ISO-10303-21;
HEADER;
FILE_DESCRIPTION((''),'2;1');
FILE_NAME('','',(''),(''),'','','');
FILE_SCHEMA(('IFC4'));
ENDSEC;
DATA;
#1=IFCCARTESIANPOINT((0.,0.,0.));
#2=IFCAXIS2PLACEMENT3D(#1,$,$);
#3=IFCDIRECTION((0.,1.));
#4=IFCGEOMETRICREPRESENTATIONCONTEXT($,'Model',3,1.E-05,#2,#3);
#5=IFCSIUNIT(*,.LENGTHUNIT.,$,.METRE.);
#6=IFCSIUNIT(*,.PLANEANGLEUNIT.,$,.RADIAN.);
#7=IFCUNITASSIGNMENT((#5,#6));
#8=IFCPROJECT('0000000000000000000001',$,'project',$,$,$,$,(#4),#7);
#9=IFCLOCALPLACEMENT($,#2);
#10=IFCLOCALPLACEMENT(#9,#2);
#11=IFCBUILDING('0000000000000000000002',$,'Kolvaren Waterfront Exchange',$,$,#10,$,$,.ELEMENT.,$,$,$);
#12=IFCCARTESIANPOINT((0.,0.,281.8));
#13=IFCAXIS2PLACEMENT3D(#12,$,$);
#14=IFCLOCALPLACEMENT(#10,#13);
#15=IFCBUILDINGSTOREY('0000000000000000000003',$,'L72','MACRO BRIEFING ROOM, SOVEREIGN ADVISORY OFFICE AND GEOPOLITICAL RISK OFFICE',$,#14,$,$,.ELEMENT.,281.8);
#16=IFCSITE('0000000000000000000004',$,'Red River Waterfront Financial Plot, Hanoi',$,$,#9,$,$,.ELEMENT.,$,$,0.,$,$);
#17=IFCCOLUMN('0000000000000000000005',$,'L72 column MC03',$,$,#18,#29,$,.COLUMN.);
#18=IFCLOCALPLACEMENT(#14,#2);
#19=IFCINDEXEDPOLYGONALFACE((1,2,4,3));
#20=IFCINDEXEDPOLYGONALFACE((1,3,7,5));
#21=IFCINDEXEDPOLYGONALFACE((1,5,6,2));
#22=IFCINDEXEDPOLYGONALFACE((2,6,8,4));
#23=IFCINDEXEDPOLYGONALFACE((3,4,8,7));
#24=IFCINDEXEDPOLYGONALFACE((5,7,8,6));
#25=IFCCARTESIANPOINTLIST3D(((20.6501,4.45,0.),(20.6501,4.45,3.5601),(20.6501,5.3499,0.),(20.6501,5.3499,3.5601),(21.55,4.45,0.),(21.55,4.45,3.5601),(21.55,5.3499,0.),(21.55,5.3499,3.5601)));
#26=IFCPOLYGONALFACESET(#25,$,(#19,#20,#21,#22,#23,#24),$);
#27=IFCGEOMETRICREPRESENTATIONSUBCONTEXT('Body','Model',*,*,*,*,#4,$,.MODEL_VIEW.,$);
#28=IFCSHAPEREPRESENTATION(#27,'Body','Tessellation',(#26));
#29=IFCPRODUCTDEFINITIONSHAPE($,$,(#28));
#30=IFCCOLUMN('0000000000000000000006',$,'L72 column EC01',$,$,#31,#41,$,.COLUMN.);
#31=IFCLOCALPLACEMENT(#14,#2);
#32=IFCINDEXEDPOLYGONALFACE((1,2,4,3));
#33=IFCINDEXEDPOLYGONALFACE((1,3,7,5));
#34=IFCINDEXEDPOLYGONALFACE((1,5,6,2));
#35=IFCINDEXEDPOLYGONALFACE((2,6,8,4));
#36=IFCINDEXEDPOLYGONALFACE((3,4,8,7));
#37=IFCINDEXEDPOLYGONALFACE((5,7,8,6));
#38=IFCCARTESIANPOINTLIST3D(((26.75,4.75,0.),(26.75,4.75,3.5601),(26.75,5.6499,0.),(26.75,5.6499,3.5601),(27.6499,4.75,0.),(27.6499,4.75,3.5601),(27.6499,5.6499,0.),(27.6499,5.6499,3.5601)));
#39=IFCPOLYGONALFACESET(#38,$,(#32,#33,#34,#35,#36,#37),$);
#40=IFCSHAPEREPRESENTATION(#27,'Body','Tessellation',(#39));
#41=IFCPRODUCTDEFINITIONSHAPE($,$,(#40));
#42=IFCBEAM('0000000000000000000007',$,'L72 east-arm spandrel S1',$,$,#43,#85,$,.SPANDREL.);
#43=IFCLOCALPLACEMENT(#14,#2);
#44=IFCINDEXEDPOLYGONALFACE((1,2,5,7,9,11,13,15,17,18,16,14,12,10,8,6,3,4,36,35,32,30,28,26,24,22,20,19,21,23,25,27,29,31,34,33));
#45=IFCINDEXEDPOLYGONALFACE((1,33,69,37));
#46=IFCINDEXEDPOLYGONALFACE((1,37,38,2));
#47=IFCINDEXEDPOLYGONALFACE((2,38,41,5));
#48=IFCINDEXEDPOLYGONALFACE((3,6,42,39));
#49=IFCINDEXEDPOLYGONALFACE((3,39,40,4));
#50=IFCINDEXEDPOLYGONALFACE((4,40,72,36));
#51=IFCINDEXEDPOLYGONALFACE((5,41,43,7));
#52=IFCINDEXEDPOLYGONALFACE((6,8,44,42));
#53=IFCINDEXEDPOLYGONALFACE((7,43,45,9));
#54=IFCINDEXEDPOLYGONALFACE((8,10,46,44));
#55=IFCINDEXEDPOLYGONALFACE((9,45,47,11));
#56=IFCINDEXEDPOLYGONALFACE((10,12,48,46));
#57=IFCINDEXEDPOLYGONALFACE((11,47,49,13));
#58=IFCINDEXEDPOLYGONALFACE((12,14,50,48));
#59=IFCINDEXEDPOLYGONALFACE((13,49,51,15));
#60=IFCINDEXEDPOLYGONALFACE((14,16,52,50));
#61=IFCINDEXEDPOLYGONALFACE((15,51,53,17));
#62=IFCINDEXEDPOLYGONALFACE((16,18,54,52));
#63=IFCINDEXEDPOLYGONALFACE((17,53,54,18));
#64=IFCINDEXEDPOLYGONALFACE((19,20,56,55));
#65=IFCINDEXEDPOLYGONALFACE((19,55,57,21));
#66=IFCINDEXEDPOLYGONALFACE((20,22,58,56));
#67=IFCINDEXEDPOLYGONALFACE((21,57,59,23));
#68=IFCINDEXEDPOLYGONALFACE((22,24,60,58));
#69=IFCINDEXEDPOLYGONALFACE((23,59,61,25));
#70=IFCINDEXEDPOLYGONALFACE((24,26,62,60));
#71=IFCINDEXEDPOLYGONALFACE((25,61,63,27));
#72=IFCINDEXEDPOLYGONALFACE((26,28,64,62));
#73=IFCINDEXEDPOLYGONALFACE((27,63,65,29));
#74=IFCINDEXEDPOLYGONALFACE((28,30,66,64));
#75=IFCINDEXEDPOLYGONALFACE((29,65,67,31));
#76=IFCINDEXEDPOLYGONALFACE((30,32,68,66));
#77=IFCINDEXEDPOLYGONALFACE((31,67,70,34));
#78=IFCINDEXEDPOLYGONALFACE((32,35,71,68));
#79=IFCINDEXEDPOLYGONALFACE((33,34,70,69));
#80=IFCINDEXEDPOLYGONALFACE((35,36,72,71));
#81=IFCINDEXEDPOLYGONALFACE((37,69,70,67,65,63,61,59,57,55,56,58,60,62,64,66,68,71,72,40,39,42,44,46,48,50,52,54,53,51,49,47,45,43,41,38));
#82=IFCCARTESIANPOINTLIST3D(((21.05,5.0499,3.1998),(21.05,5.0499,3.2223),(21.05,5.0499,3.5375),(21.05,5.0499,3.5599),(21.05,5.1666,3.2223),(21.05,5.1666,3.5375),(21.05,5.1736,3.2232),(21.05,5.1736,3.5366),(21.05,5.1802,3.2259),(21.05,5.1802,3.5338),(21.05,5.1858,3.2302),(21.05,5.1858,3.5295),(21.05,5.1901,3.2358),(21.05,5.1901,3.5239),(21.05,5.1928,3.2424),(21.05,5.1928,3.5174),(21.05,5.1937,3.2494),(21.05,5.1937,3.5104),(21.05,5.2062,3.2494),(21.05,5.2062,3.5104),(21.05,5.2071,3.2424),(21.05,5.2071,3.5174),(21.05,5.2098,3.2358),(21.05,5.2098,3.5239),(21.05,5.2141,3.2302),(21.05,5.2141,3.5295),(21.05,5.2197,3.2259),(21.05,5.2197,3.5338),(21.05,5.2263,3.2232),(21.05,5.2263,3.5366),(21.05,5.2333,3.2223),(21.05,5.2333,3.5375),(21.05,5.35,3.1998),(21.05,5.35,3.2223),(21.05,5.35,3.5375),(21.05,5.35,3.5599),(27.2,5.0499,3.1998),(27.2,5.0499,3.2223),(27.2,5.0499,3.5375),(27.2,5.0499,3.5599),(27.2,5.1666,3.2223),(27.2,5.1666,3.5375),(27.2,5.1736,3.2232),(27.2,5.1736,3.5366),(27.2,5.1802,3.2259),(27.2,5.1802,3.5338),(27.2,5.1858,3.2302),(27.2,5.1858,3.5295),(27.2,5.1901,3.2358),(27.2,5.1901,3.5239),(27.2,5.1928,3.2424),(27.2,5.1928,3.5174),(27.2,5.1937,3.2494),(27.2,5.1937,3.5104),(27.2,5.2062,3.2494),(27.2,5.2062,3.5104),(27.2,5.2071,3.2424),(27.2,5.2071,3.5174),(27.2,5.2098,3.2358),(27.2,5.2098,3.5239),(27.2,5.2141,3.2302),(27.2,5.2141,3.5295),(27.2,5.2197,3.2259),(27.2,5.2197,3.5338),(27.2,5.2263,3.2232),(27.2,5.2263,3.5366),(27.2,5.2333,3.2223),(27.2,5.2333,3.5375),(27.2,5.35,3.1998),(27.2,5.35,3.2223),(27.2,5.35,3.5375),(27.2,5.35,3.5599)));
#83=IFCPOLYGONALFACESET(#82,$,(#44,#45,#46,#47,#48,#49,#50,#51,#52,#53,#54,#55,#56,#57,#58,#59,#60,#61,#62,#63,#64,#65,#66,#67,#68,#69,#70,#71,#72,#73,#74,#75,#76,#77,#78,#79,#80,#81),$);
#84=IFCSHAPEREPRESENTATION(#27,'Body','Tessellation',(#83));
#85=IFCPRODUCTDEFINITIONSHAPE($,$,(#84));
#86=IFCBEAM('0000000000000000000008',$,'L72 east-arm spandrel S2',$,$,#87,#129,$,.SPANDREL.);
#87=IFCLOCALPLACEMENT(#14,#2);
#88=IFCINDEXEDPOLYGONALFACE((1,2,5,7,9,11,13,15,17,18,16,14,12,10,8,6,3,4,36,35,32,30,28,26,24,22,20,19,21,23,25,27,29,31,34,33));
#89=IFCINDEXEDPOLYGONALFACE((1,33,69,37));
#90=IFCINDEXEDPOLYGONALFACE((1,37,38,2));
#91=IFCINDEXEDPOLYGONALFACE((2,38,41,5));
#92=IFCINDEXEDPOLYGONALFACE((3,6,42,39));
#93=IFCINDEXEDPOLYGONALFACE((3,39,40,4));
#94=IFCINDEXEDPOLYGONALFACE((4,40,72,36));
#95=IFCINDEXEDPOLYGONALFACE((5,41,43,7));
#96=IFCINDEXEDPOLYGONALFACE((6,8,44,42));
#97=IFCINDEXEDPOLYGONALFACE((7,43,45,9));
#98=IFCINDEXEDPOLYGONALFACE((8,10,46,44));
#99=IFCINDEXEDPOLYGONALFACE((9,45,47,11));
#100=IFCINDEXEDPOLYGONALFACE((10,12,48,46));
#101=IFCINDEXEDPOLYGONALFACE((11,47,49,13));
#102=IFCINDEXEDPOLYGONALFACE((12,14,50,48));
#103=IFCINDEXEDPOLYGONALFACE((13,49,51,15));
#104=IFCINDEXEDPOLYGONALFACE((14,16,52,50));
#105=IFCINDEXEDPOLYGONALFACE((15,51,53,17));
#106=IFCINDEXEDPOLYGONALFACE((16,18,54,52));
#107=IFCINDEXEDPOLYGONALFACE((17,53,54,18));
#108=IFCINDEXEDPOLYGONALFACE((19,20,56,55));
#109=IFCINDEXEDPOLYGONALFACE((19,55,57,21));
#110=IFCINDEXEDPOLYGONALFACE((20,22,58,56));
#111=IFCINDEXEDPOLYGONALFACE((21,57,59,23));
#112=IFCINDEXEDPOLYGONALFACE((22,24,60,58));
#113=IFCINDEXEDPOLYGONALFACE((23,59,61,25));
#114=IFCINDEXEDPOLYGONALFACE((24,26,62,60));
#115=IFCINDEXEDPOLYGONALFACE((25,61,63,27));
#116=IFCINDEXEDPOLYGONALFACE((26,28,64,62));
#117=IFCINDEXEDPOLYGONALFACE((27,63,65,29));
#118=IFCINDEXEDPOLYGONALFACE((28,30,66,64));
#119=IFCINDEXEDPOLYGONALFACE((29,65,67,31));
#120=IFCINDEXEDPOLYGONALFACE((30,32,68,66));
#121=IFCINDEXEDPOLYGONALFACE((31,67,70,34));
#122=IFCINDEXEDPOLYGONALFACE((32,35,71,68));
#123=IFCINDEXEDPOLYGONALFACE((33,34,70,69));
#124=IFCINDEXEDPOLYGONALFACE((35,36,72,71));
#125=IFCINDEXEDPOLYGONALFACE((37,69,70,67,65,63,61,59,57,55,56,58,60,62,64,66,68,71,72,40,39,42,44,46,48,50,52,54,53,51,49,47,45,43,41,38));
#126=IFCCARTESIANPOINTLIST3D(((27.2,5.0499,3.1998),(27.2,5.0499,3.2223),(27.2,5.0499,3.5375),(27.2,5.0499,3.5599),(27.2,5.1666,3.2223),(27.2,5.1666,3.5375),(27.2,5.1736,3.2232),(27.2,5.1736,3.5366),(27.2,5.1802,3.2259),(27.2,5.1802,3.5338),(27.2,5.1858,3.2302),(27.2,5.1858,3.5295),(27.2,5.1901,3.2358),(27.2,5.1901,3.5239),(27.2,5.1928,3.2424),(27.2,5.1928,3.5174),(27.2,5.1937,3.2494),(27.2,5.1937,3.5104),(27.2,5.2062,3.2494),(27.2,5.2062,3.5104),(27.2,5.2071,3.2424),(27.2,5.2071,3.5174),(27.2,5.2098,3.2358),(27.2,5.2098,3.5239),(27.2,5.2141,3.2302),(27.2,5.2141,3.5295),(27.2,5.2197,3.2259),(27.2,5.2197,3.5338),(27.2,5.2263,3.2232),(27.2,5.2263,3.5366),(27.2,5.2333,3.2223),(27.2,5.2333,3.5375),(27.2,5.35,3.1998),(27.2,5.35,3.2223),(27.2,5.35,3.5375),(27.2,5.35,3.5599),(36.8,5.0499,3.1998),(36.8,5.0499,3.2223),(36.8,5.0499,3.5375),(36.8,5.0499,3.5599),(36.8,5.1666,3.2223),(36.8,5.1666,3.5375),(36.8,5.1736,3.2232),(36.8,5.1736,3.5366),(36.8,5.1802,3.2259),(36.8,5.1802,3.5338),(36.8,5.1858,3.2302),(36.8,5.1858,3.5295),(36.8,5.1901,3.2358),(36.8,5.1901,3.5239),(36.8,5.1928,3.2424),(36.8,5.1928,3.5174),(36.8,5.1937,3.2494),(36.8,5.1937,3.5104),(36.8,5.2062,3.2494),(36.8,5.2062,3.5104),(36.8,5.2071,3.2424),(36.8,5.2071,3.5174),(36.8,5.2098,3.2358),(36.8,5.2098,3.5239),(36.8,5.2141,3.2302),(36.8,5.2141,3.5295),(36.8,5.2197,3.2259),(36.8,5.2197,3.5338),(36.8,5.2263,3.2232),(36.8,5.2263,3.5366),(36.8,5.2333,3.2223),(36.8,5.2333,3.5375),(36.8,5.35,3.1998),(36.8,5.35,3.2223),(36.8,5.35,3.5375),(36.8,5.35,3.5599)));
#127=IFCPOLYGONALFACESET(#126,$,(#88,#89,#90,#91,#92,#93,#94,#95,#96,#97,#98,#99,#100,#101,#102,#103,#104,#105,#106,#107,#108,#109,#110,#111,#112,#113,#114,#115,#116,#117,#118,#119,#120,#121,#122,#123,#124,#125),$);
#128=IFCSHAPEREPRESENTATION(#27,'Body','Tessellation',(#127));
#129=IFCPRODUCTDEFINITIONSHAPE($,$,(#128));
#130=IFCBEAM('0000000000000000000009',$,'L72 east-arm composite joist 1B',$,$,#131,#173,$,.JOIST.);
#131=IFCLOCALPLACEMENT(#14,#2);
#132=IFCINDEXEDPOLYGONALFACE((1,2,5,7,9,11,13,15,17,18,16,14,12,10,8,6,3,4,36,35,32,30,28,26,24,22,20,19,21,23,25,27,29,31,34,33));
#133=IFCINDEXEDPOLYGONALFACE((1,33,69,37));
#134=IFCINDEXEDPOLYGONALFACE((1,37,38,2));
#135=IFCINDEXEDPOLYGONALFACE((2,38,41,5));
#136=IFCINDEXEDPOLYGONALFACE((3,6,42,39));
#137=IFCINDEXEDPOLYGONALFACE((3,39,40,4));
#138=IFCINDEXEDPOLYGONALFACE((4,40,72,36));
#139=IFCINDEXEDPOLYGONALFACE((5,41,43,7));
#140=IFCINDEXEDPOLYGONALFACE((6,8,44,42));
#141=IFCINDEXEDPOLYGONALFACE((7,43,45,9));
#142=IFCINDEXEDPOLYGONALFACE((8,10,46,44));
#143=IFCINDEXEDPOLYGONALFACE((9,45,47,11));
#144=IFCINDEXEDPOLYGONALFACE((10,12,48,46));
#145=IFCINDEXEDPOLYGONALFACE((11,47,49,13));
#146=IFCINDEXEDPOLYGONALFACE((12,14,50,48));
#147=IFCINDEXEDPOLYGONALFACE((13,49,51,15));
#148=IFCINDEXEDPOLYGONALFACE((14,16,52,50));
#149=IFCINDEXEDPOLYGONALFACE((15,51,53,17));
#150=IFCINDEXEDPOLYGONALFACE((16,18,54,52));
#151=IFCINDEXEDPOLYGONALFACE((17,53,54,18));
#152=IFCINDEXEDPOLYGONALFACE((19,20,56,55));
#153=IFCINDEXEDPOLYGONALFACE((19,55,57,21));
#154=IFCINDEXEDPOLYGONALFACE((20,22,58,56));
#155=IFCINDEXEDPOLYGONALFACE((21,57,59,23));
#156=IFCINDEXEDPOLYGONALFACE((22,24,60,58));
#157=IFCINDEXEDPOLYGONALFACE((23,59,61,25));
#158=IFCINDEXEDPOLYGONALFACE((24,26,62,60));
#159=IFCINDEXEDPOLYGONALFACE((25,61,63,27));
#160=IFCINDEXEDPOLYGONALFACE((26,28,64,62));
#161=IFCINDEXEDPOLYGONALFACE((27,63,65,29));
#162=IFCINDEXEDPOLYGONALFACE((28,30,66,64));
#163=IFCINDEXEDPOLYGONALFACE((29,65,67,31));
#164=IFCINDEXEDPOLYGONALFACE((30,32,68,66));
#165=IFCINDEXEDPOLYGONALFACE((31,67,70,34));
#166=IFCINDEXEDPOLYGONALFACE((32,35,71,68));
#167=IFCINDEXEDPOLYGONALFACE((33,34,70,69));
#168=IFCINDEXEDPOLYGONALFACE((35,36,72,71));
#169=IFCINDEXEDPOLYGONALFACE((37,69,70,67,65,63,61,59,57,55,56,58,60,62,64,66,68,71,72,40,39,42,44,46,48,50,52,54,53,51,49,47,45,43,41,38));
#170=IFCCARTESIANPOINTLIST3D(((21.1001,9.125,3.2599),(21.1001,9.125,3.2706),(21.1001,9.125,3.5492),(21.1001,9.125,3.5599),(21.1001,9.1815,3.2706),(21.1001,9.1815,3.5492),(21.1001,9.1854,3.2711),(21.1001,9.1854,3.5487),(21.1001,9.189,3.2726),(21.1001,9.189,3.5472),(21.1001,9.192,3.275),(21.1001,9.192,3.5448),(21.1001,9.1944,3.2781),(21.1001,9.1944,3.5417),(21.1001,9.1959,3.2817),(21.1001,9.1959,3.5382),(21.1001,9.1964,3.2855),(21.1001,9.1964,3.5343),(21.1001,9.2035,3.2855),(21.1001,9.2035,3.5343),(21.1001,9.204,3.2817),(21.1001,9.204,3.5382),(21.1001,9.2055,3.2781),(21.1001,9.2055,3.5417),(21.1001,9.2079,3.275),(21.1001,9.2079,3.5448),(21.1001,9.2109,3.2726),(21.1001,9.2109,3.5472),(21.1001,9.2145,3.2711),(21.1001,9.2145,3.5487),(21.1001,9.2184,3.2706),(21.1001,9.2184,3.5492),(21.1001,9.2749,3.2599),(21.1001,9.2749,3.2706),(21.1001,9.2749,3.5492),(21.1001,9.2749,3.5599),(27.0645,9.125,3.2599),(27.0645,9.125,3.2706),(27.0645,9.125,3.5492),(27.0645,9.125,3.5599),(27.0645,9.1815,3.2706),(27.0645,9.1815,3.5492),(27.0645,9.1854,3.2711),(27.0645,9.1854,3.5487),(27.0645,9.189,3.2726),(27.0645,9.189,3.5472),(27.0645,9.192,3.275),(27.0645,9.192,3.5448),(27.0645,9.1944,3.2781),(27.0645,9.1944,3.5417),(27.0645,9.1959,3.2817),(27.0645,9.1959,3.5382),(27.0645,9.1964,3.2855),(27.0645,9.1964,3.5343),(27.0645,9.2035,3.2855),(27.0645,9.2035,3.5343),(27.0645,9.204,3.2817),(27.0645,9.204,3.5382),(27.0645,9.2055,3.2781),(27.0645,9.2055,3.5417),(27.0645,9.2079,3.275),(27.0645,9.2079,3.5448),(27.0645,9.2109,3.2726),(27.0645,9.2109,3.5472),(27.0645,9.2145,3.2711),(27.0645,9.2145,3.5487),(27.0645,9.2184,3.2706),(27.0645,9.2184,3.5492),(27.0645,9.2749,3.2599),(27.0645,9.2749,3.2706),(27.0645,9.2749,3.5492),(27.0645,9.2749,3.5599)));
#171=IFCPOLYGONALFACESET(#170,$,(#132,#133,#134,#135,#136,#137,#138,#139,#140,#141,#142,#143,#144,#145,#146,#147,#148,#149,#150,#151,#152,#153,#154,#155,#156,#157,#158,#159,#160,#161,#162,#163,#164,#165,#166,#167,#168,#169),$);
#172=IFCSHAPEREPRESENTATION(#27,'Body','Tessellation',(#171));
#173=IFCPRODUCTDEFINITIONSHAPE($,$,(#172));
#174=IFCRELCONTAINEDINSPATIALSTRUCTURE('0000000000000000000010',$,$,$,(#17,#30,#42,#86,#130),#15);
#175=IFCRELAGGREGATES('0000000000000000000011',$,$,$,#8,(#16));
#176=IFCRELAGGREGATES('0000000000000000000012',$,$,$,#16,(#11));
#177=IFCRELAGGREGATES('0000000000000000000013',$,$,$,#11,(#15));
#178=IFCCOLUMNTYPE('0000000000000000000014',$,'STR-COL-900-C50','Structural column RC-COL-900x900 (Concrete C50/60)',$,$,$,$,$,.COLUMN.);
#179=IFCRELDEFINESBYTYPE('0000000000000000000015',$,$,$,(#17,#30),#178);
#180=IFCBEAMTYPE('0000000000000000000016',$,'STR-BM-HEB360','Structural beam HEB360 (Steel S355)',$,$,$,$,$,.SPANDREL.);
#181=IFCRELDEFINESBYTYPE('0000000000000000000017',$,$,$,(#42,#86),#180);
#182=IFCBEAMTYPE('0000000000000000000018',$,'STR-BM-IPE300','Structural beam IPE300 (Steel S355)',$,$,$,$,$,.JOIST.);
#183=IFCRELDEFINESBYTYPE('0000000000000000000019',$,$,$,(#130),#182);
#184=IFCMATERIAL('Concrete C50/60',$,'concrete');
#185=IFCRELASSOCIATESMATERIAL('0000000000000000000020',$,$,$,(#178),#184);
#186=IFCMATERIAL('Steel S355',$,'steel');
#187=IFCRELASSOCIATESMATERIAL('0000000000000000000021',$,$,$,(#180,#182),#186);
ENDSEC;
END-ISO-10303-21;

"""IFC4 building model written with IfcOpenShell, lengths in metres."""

from ifc_helpers import new_model, si_unit, direction, frame, origin, origin_2d, place, context, subcontext, project, spatial, rectangle, i_section, extrude, material, material_profile, profile_set, type_object, element, save


model = new_model("IFC4")

# Units and contexts
model_context = context("Model", 3, precision=1e-05, world=origin(), true_north=direction((0.0, 1.0)))
body_context = subcontext(model_context, "Body", "Model", "MODEL_VIEW")
ifc_project = project(units=[si_unit("LENGTHUNIT", "METRE"), si_unit("PLANEANGLEUNIT", "RADIAN")], contexts=[model_context])

# Site, building, storey
site_placement = place(None, origin())
site = spatial("IfcSite", under=ifc_project, at=site_placement, Name="Red River Waterfront Financial Plot, Hanoi", CompositionType="ELEMENT", RefElevation=0.0)
building_placement = place(site_placement, origin())
building = spatial("IfcBuilding", under=site, at=building_placement, Name="Kolvaren Waterfront Exchange", CompositionType="ELEMENT")
storey_placement = place(building_placement, frame((0.0, 0.0, 281.8)))
storey = spatial("IfcBuildingStorey", under=building, at=storey_placement, Name="L72", Description="MACRO BRIEFING ROOM, SOVEREIGN ADVISORY OFFICE AND GEOPOLITICAL RISK OFFICE", CompositionType="ELEMENT", Elevation=281.8)

# Columns
ifc_material_1 = material(Name="Concrete C50/60", Category="concrete")
ifc_material_profile_1 = material_profile(ifc_material_1, rectangle(XDim=0.8999, YDim=0.8999, at=origin_2d()), Name="RC-COL-900x900")
ifc_profile_set_1 = profile_set([ifc_material_profile_1], Name="Concrete C50/60")
column_type = type_object("IfcColumnType", Name="STR-COL-900-C50", Description="Structural column RC-COL-900x900 (Concrete C50/60)", PredefinedType="COLUMN", material=ifc_profile_set_1)
for number, where, z_axis, x_axis, name in (
    (1, (21.1001, 4.8999, 0.0), (0.0, 0.0, 1.0), (1.0, 0.0, 0.0), "L72 column MC03"),
    (2, (27.2, 5.2, 0.0), (0.0, 0.0, 1.0), (1.0, 0.0, 0.0), "L72 column EC01"),
):
    element("IfcColumn", number, at=place(storey_placement, frame(where, z_axis=z_axis, x_axis=x_axis)), inside=storey, type_object=column_type, Name=name, PredefinedType="COLUMN", context=body_context, shape_type="SweptSolid", body=[
        extrude(rectangle(XDim=0.8999, YDim=0.8999, at=origin_2d()), origin(), (0.0, 0.0, 1.0), 3.5601),
    ])

# Beams
ifc_material_2 = material(Name="Steel S355", Category="steel")
ifc_material_profile_2 = material_profile(ifc_material_2, i_section(OverallWidth=0.3, OverallDepth=0.3601, WebThickness=0.0125, FlangeThickness=0.0225, FilletRadius=0.0271, at=origin_2d()), Name="HEB360")
ifc_profile_set_2 = profile_set([ifc_material_profile_2], Name="Steel S355")
beam_type_1 = type_object("IfcBeamType", Name="STR-BM-HEB360", Description="Structural beam HEB360 (Steel S355)", PredefinedType="SPANDREL", material=ifc_profile_set_2)
beam_1_placement = place(storey_placement, frame((21.05, 5.2, 3.3799), z_axis=(1.0, 0.0, 0.0), x_axis=(0.0, 1.0, 0.0)))
element("IfcBeam", 3, at=beam_1_placement, inside=storey, type_object=beam_type_1, Name="L72 east-arm spandrel S1", PredefinedType="SPANDREL", context=body_context, shape_type="SweptSolid", body=[
    extrude(i_section(OverallWidth=0.3, OverallDepth=0.3601, WebThickness=0.0125, FlangeThickness=0.0225, FilletRadius=0.0271, at=origin_2d()), origin(), (0.0, 0.0, 1.0), 6.1499),
])
beam_2_placement = place(storey_placement, frame((27.2, 5.2, 3.3799), z_axis=(1.0, 0.0, 0.0), x_axis=(0.0, 1.0, 0.0)))
element("IfcBeam", 4, at=beam_2_placement, inside=storey, type_object=beam_type_1, Name="L72 east-arm spandrel S2", PredefinedType="SPANDREL", context=body_context, shape_type="SweptSolid", body=[
    extrude(i_section(OverallWidth=0.3, OverallDepth=0.3601, WebThickness=0.0125, FlangeThickness=0.0225, FilletRadius=0.0271, at=origin_2d()), origin(), (0.0, 0.0, 1.0), 9.6001),
])
ifc_material_profile_3 = material_profile(ifc_material_2, i_section(OverallWidth=0.1499, OverallDepth=0.3, WebThickness=0.0071, FlangeThickness=0.0107, FilletRadius=0.0149, at=origin_2d()), Name="IPE300")
ifc_profile_set_3 = profile_set([ifc_material_profile_3], Name="Steel S355")
beam_type_2 = type_object("IfcBeamType", Name="STR-BM-IPE300", Description="Structural beam IPE300 (Steel S355)", PredefinedType="JOIST", material=ifc_profile_set_3)
beam_3_placement = place(storey_placement, frame((21.1001, 9.2, 3.4099), z_axis=(1.0, 0.0, 0.0), x_axis=(0.0, 1.0, 0.0)))
element("IfcBeam", 5, at=beam_3_placement, inside=storey, type_object=beam_type_2, Name="L72 east-arm composite joist 1B", PredefinedType="JOIST", context=body_context, shape_type="SweptSolid", body=[
    extrude(i_section(OverallWidth=0.1499, OverallDepth=0.3, WebThickness=0.0071, FlangeThickness=0.0107, FilletRadius=0.0149, at=origin_2d()), origin(), (0.0, 0.0, 1.0), 5.9644),
])

save(model, "model.ifc")
